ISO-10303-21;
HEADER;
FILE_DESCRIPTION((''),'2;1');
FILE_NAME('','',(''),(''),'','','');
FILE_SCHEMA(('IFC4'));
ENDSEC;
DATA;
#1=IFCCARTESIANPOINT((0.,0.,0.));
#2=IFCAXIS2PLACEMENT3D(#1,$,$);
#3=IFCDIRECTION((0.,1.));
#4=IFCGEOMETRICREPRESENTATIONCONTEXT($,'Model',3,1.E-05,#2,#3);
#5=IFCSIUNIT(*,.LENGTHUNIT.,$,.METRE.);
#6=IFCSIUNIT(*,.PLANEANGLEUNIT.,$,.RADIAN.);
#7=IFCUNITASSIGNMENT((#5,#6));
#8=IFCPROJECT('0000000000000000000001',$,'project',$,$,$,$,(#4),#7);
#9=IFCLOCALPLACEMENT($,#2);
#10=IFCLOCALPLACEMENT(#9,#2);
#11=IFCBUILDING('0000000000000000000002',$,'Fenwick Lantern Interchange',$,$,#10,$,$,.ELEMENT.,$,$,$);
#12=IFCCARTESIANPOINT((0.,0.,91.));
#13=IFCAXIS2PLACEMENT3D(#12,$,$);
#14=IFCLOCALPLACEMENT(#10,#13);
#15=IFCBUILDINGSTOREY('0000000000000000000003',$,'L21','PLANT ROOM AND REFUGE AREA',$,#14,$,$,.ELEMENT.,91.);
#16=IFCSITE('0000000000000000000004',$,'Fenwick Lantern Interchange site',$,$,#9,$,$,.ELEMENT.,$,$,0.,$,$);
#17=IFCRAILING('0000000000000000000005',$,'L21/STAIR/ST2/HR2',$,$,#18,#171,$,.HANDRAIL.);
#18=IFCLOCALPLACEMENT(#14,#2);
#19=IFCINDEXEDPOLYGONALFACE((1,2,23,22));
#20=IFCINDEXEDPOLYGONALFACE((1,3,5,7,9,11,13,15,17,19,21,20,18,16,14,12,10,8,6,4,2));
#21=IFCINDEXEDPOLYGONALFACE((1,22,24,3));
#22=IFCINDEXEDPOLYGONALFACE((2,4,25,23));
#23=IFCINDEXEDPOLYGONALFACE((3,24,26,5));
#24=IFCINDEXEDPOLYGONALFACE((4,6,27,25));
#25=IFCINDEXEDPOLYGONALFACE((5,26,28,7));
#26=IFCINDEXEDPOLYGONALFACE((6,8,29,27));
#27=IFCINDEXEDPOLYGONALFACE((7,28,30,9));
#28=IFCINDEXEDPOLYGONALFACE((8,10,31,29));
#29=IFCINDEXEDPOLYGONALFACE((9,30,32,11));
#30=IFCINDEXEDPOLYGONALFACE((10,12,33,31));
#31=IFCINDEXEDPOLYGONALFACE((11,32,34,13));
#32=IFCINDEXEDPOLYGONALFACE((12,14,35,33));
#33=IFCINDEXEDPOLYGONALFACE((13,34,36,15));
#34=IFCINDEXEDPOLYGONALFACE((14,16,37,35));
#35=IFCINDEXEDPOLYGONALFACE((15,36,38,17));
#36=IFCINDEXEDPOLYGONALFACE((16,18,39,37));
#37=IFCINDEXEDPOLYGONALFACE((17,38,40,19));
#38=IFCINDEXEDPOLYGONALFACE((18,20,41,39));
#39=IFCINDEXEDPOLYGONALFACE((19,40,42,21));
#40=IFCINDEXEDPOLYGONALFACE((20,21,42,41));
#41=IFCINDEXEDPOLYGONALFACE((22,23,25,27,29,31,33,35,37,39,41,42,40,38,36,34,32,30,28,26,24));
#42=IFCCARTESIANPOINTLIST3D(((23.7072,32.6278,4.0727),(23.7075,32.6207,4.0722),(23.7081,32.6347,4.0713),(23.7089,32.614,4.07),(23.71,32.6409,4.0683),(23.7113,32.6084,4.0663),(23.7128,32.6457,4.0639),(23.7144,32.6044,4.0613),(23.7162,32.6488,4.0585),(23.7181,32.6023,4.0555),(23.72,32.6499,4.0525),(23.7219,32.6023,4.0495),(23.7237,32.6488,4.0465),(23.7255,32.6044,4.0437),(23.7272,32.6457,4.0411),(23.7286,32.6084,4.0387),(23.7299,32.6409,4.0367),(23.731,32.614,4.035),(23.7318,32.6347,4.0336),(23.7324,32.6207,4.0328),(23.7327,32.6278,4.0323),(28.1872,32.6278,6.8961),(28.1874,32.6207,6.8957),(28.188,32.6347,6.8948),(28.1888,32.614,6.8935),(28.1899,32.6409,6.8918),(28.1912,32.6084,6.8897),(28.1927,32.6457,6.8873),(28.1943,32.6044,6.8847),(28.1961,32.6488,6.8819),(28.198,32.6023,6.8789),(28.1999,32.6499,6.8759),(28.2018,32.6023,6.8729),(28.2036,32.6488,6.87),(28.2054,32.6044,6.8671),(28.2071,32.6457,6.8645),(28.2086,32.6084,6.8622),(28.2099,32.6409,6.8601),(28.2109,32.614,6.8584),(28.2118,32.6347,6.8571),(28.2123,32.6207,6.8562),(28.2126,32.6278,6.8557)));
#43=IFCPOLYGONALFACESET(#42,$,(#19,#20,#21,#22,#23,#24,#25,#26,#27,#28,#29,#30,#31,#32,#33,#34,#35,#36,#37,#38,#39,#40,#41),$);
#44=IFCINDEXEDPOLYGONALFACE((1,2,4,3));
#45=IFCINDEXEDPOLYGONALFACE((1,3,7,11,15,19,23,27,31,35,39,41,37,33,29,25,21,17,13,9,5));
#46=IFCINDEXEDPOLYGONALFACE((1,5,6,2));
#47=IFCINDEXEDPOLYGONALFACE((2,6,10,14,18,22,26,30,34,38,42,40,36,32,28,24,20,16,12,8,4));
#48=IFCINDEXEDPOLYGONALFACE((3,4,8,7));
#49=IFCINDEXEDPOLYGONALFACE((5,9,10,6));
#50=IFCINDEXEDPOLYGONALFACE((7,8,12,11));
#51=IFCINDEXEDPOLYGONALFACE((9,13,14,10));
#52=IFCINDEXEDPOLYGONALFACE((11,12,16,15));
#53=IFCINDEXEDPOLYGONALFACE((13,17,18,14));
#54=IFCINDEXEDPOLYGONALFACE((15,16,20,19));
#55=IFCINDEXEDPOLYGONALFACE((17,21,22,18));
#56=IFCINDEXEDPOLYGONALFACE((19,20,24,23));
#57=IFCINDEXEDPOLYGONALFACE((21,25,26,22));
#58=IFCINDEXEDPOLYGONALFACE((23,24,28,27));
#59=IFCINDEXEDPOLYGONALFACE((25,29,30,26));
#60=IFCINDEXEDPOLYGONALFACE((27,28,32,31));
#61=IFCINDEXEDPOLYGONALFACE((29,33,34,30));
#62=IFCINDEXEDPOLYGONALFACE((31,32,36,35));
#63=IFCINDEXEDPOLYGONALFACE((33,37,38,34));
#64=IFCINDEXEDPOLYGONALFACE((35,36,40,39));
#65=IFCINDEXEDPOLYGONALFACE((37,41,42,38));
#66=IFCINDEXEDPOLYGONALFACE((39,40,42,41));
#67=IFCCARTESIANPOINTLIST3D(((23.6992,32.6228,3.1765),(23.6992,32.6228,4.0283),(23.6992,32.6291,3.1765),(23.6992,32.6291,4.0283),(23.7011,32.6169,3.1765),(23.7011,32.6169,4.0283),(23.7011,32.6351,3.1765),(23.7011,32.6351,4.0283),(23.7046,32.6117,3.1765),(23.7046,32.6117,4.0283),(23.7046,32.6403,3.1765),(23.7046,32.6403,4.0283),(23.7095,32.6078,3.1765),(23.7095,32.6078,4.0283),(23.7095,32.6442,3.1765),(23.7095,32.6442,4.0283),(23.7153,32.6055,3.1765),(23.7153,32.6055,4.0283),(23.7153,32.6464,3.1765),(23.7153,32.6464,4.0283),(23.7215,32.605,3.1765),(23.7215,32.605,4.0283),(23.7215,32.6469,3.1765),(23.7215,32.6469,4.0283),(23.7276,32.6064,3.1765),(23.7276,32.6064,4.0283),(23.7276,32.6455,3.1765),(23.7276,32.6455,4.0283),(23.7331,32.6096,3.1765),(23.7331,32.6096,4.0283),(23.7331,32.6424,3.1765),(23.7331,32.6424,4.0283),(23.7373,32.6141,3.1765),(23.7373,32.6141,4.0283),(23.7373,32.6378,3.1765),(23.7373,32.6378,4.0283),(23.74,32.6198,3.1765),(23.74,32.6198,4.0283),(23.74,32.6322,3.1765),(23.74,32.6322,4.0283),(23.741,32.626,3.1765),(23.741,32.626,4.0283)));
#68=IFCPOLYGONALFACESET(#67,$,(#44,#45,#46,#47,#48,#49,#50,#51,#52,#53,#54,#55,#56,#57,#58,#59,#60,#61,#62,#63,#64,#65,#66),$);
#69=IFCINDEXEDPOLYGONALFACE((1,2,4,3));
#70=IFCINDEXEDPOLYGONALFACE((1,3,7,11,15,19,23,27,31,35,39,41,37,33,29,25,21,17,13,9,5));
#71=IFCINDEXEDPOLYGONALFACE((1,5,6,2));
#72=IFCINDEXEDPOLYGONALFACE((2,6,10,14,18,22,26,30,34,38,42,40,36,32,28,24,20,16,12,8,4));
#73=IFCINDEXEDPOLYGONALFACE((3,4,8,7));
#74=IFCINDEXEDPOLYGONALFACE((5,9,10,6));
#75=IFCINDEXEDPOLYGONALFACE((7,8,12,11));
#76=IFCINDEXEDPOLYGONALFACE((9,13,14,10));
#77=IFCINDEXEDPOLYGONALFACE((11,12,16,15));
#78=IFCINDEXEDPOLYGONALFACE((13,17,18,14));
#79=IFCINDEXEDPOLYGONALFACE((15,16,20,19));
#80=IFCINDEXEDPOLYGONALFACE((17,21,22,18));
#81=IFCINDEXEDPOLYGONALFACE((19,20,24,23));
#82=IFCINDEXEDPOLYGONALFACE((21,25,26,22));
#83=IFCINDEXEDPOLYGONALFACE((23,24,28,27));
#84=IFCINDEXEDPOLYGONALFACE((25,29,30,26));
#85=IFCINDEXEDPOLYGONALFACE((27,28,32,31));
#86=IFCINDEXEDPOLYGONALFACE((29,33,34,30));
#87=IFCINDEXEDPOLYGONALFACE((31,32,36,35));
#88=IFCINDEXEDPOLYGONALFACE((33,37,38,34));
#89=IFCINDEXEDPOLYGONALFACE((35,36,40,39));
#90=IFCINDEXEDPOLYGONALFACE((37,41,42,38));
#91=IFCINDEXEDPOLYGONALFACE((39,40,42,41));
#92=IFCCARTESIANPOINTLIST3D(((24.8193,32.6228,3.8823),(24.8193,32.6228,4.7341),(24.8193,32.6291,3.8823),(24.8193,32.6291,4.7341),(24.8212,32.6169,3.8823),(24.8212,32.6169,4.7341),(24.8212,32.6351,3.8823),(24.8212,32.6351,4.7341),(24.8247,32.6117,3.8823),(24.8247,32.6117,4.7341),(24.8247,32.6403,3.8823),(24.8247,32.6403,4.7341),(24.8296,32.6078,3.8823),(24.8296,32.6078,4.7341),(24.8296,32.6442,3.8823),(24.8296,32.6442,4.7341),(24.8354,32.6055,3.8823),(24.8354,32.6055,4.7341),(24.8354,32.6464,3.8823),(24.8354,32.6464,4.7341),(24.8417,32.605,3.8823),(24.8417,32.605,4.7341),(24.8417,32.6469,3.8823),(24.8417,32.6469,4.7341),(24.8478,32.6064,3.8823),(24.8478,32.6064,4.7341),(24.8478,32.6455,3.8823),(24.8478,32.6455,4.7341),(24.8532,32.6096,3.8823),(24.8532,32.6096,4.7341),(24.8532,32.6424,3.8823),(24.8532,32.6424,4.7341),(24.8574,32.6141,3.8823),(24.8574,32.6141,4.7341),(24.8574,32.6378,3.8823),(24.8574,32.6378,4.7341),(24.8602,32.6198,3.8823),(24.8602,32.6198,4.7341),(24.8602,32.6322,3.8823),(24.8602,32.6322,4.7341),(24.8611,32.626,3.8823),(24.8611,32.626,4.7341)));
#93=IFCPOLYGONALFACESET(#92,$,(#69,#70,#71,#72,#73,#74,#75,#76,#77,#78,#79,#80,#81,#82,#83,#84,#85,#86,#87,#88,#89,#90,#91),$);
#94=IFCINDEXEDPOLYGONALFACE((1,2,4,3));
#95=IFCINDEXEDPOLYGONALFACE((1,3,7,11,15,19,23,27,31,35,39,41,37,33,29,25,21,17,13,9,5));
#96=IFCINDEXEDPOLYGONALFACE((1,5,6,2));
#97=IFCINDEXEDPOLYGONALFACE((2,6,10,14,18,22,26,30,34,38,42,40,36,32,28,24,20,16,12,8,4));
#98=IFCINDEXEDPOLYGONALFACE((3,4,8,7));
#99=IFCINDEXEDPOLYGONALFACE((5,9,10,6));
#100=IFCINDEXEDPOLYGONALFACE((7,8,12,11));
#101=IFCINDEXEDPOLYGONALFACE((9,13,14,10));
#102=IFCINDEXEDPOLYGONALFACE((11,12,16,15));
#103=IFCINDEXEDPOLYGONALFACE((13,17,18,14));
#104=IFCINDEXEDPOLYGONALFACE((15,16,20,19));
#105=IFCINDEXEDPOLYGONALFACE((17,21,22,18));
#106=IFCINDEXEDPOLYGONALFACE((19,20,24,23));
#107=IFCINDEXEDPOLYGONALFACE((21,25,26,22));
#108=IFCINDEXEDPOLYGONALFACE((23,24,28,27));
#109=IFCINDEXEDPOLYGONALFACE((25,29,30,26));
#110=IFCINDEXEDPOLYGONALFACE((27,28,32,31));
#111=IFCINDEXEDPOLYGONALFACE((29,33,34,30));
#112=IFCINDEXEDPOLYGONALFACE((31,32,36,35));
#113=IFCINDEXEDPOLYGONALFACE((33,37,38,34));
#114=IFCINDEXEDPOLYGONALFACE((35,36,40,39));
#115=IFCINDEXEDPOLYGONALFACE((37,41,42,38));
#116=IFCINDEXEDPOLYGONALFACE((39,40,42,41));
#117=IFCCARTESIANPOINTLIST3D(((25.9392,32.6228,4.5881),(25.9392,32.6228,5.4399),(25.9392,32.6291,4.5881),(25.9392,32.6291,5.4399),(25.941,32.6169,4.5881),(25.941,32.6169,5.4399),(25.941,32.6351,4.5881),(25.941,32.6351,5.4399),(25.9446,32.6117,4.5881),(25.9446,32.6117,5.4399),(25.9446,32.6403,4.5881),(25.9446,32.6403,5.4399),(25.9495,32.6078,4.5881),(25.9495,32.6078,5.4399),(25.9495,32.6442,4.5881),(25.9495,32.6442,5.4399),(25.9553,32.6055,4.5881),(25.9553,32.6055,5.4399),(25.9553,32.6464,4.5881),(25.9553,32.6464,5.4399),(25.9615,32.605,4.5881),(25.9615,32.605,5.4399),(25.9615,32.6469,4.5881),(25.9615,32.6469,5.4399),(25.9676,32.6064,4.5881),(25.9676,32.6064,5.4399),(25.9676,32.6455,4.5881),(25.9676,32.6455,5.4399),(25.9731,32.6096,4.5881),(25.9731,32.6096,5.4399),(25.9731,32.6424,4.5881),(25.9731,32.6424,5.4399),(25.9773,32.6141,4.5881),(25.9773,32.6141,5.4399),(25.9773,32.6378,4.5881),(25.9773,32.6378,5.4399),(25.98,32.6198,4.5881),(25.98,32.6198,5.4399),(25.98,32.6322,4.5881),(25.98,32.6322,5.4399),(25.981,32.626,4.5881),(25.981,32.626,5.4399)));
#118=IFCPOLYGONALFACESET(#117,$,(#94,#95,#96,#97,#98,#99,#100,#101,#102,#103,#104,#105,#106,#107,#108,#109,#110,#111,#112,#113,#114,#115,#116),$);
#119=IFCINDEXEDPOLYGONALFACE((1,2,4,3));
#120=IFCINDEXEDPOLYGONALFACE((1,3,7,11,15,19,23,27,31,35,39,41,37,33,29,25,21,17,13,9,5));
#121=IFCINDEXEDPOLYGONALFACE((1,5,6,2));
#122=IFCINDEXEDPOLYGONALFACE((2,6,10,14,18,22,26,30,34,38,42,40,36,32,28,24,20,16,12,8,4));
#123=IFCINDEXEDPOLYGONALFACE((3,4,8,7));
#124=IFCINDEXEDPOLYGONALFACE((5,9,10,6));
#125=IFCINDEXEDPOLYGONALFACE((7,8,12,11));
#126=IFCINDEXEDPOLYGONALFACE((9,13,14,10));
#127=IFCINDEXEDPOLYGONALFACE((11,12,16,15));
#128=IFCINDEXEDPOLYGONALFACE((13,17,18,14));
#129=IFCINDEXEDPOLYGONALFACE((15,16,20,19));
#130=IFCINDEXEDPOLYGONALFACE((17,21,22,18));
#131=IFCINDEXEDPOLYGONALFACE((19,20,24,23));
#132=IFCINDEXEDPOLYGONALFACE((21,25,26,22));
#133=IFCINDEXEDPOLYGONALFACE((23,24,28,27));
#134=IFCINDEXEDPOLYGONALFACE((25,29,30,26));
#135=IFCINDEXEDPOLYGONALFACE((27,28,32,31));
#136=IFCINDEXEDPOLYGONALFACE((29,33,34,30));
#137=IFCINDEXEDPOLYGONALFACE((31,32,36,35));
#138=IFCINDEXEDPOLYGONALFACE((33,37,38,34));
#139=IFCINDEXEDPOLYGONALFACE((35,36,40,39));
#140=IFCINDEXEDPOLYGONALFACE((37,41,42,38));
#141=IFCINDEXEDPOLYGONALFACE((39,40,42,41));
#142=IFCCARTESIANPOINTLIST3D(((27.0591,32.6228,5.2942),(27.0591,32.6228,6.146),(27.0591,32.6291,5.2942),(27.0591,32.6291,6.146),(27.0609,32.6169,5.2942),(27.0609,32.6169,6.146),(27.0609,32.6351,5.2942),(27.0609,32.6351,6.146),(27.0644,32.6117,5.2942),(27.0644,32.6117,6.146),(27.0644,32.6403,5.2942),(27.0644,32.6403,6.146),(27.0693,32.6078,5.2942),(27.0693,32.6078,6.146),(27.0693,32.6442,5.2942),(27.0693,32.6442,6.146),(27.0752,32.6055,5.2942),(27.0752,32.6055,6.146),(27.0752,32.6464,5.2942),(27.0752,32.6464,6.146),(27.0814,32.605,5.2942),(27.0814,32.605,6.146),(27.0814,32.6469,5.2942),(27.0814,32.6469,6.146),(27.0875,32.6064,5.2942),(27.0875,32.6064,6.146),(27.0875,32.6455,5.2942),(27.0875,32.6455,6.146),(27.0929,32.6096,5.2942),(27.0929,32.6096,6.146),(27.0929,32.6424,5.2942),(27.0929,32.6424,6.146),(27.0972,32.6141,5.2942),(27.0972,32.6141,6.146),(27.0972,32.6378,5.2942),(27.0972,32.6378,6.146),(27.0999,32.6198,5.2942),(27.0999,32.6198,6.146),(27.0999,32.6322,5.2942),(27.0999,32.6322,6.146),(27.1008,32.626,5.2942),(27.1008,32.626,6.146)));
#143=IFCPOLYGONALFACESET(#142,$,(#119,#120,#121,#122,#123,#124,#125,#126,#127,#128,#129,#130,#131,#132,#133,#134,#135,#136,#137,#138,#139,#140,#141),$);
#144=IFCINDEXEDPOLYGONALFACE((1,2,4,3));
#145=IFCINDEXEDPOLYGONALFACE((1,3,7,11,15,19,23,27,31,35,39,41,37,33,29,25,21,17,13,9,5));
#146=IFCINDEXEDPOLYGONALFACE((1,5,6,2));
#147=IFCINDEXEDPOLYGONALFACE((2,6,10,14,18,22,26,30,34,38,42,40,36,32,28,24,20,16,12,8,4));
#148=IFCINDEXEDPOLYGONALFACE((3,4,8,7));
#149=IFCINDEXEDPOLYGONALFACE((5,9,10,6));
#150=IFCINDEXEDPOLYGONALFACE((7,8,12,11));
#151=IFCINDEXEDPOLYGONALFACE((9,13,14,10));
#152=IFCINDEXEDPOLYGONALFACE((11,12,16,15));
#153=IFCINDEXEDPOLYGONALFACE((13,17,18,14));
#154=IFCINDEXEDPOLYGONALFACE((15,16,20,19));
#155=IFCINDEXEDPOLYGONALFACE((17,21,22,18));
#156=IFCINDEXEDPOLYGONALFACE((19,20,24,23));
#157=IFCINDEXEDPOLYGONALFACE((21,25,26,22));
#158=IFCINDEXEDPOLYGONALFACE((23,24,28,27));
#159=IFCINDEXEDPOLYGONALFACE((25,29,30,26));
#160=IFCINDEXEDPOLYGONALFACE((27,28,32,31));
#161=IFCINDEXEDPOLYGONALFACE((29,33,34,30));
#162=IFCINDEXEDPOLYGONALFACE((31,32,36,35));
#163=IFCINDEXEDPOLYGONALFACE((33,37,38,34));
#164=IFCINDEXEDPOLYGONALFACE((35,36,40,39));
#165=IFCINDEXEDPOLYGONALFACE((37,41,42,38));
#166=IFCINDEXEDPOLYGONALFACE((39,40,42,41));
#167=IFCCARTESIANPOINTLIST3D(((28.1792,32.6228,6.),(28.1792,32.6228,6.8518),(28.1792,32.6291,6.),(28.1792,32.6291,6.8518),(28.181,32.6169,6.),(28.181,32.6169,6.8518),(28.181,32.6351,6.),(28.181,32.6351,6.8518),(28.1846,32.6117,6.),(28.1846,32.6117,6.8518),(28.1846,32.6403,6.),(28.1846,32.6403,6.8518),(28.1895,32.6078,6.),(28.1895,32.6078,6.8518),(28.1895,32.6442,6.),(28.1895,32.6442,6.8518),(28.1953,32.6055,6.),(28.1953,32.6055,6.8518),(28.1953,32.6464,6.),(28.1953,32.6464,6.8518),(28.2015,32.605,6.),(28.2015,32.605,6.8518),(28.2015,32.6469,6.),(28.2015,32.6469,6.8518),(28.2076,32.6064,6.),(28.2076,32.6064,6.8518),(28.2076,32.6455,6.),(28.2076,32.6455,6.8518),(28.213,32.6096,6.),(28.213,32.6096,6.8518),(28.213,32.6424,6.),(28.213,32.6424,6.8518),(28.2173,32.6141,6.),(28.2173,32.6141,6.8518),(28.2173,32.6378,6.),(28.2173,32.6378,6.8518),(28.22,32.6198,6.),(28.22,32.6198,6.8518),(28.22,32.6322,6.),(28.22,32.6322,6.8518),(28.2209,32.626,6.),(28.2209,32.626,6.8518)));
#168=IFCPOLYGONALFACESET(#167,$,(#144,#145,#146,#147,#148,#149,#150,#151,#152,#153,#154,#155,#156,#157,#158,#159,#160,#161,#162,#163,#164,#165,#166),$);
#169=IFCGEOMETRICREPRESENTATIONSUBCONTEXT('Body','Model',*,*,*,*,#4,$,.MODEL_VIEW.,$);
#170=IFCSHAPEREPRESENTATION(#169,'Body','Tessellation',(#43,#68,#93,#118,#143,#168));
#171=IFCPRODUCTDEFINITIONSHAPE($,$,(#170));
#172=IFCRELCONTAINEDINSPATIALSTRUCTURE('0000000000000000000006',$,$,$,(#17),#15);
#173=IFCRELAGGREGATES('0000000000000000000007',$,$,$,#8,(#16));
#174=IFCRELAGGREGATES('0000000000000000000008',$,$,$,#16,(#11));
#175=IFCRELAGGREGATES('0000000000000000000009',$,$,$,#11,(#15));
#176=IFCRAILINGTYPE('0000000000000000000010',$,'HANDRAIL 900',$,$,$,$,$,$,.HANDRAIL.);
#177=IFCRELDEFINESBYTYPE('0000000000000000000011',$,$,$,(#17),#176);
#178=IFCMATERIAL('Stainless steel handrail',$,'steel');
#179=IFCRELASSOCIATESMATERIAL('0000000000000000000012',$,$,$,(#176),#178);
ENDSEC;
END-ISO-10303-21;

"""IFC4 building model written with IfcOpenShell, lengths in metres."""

from ifc_helpers import new_model, si_unit, direction, frame, origin, origin_2d, place, context, subcontext, project, spatial, circle, extrude, material, type_object, element, save


model = new_model("IFC4")

# Units and contexts
model_context = context("Model", 3, precision=1e-05, world=origin(), true_north=direction((0.0, 1.0)))
body_context = subcontext(model_context, "Body", "Model", "MODEL_VIEW")
ifc_project = project(units=[si_unit("LENGTHUNIT", "METRE"), si_unit("PLANEANGLEUNIT", "RADIAN")], contexts=[model_context])

# Site, building, storey
site_placement = place(None, origin())
site = spatial("IfcSite", under=ifc_project, at=site_placement, Name="Fenwick Lantern Interchange site", CompositionType="ELEMENT", RefElevation=0.0)
building_placement = place(site_placement, origin())
building = spatial("IfcBuilding", under=site, at=building_placement, Name="Fenwick Lantern Interchange", CompositionType="ELEMENT")
storey_placement = place(building_placement, frame((0.0, 0.0, 91.0)))
storey = spatial("IfcBuildingStorey", under=building, at=storey_placement, Name="L21", Description="PLANT ROOM AND REFUGE AREA", CompositionType="ELEMENT", Elevation=91.0)

# Railing
ifc_material_1 = material(Name="Stainless steel handrail", Category="steel")
railing_type = type_object("IfcRailingType", Name="HANDRAIL 900", PredefinedType="HANDRAIL", material=ifc_material_1)
railing_1_placement = place(storey_placement, frame((23.72, 32.626, 3.1765)))
element("IfcRailing", 1, at=railing_1_placement, inside=storey, type_object=railing_type, Name="L21/STAIR/ST2/HR2", PredefinedType="HANDRAIL", context=body_context, shape_type="SweptSolid", body=[
    extrude(circle(Radius=0.0239, at=origin_2d()), frame((0.0, 0.0, 0.876), z_axis=(0.845998, 0.0, 0.533186), x_axis=(0.0, 1.0, 0.0)), (0.0, 0.0, 1.0), 5.2954),
    extrude(circle(Radius=0.021, at=origin_2d()), origin(), (0.0, 0.0, 1.0), 0.8518),
    extrude(circle(Radius=0.021, at=origin_2d()), frame((1.1201, 0.0, 0.7058)), (0.0, 0.0, 1.0), 0.8518),
    extrude(circle(Radius=0.021, at=origin_2d()), frame((2.24, 0.0, 1.4116)), (0.0, 0.0, 1.0), 0.8518),
    extrude(circle(Radius=0.021, at=origin_2d()), frame((3.3599, 0.0, 2.1177)), (0.0, 0.0, 1.0), 0.8518),
    extrude(circle(Radius=0.021, at=origin_2d()), frame((4.48, 0.0, 2.8235)), (0.0, 0.0, 1.0), 0.8518),
])

save(model, "model.ifc")
